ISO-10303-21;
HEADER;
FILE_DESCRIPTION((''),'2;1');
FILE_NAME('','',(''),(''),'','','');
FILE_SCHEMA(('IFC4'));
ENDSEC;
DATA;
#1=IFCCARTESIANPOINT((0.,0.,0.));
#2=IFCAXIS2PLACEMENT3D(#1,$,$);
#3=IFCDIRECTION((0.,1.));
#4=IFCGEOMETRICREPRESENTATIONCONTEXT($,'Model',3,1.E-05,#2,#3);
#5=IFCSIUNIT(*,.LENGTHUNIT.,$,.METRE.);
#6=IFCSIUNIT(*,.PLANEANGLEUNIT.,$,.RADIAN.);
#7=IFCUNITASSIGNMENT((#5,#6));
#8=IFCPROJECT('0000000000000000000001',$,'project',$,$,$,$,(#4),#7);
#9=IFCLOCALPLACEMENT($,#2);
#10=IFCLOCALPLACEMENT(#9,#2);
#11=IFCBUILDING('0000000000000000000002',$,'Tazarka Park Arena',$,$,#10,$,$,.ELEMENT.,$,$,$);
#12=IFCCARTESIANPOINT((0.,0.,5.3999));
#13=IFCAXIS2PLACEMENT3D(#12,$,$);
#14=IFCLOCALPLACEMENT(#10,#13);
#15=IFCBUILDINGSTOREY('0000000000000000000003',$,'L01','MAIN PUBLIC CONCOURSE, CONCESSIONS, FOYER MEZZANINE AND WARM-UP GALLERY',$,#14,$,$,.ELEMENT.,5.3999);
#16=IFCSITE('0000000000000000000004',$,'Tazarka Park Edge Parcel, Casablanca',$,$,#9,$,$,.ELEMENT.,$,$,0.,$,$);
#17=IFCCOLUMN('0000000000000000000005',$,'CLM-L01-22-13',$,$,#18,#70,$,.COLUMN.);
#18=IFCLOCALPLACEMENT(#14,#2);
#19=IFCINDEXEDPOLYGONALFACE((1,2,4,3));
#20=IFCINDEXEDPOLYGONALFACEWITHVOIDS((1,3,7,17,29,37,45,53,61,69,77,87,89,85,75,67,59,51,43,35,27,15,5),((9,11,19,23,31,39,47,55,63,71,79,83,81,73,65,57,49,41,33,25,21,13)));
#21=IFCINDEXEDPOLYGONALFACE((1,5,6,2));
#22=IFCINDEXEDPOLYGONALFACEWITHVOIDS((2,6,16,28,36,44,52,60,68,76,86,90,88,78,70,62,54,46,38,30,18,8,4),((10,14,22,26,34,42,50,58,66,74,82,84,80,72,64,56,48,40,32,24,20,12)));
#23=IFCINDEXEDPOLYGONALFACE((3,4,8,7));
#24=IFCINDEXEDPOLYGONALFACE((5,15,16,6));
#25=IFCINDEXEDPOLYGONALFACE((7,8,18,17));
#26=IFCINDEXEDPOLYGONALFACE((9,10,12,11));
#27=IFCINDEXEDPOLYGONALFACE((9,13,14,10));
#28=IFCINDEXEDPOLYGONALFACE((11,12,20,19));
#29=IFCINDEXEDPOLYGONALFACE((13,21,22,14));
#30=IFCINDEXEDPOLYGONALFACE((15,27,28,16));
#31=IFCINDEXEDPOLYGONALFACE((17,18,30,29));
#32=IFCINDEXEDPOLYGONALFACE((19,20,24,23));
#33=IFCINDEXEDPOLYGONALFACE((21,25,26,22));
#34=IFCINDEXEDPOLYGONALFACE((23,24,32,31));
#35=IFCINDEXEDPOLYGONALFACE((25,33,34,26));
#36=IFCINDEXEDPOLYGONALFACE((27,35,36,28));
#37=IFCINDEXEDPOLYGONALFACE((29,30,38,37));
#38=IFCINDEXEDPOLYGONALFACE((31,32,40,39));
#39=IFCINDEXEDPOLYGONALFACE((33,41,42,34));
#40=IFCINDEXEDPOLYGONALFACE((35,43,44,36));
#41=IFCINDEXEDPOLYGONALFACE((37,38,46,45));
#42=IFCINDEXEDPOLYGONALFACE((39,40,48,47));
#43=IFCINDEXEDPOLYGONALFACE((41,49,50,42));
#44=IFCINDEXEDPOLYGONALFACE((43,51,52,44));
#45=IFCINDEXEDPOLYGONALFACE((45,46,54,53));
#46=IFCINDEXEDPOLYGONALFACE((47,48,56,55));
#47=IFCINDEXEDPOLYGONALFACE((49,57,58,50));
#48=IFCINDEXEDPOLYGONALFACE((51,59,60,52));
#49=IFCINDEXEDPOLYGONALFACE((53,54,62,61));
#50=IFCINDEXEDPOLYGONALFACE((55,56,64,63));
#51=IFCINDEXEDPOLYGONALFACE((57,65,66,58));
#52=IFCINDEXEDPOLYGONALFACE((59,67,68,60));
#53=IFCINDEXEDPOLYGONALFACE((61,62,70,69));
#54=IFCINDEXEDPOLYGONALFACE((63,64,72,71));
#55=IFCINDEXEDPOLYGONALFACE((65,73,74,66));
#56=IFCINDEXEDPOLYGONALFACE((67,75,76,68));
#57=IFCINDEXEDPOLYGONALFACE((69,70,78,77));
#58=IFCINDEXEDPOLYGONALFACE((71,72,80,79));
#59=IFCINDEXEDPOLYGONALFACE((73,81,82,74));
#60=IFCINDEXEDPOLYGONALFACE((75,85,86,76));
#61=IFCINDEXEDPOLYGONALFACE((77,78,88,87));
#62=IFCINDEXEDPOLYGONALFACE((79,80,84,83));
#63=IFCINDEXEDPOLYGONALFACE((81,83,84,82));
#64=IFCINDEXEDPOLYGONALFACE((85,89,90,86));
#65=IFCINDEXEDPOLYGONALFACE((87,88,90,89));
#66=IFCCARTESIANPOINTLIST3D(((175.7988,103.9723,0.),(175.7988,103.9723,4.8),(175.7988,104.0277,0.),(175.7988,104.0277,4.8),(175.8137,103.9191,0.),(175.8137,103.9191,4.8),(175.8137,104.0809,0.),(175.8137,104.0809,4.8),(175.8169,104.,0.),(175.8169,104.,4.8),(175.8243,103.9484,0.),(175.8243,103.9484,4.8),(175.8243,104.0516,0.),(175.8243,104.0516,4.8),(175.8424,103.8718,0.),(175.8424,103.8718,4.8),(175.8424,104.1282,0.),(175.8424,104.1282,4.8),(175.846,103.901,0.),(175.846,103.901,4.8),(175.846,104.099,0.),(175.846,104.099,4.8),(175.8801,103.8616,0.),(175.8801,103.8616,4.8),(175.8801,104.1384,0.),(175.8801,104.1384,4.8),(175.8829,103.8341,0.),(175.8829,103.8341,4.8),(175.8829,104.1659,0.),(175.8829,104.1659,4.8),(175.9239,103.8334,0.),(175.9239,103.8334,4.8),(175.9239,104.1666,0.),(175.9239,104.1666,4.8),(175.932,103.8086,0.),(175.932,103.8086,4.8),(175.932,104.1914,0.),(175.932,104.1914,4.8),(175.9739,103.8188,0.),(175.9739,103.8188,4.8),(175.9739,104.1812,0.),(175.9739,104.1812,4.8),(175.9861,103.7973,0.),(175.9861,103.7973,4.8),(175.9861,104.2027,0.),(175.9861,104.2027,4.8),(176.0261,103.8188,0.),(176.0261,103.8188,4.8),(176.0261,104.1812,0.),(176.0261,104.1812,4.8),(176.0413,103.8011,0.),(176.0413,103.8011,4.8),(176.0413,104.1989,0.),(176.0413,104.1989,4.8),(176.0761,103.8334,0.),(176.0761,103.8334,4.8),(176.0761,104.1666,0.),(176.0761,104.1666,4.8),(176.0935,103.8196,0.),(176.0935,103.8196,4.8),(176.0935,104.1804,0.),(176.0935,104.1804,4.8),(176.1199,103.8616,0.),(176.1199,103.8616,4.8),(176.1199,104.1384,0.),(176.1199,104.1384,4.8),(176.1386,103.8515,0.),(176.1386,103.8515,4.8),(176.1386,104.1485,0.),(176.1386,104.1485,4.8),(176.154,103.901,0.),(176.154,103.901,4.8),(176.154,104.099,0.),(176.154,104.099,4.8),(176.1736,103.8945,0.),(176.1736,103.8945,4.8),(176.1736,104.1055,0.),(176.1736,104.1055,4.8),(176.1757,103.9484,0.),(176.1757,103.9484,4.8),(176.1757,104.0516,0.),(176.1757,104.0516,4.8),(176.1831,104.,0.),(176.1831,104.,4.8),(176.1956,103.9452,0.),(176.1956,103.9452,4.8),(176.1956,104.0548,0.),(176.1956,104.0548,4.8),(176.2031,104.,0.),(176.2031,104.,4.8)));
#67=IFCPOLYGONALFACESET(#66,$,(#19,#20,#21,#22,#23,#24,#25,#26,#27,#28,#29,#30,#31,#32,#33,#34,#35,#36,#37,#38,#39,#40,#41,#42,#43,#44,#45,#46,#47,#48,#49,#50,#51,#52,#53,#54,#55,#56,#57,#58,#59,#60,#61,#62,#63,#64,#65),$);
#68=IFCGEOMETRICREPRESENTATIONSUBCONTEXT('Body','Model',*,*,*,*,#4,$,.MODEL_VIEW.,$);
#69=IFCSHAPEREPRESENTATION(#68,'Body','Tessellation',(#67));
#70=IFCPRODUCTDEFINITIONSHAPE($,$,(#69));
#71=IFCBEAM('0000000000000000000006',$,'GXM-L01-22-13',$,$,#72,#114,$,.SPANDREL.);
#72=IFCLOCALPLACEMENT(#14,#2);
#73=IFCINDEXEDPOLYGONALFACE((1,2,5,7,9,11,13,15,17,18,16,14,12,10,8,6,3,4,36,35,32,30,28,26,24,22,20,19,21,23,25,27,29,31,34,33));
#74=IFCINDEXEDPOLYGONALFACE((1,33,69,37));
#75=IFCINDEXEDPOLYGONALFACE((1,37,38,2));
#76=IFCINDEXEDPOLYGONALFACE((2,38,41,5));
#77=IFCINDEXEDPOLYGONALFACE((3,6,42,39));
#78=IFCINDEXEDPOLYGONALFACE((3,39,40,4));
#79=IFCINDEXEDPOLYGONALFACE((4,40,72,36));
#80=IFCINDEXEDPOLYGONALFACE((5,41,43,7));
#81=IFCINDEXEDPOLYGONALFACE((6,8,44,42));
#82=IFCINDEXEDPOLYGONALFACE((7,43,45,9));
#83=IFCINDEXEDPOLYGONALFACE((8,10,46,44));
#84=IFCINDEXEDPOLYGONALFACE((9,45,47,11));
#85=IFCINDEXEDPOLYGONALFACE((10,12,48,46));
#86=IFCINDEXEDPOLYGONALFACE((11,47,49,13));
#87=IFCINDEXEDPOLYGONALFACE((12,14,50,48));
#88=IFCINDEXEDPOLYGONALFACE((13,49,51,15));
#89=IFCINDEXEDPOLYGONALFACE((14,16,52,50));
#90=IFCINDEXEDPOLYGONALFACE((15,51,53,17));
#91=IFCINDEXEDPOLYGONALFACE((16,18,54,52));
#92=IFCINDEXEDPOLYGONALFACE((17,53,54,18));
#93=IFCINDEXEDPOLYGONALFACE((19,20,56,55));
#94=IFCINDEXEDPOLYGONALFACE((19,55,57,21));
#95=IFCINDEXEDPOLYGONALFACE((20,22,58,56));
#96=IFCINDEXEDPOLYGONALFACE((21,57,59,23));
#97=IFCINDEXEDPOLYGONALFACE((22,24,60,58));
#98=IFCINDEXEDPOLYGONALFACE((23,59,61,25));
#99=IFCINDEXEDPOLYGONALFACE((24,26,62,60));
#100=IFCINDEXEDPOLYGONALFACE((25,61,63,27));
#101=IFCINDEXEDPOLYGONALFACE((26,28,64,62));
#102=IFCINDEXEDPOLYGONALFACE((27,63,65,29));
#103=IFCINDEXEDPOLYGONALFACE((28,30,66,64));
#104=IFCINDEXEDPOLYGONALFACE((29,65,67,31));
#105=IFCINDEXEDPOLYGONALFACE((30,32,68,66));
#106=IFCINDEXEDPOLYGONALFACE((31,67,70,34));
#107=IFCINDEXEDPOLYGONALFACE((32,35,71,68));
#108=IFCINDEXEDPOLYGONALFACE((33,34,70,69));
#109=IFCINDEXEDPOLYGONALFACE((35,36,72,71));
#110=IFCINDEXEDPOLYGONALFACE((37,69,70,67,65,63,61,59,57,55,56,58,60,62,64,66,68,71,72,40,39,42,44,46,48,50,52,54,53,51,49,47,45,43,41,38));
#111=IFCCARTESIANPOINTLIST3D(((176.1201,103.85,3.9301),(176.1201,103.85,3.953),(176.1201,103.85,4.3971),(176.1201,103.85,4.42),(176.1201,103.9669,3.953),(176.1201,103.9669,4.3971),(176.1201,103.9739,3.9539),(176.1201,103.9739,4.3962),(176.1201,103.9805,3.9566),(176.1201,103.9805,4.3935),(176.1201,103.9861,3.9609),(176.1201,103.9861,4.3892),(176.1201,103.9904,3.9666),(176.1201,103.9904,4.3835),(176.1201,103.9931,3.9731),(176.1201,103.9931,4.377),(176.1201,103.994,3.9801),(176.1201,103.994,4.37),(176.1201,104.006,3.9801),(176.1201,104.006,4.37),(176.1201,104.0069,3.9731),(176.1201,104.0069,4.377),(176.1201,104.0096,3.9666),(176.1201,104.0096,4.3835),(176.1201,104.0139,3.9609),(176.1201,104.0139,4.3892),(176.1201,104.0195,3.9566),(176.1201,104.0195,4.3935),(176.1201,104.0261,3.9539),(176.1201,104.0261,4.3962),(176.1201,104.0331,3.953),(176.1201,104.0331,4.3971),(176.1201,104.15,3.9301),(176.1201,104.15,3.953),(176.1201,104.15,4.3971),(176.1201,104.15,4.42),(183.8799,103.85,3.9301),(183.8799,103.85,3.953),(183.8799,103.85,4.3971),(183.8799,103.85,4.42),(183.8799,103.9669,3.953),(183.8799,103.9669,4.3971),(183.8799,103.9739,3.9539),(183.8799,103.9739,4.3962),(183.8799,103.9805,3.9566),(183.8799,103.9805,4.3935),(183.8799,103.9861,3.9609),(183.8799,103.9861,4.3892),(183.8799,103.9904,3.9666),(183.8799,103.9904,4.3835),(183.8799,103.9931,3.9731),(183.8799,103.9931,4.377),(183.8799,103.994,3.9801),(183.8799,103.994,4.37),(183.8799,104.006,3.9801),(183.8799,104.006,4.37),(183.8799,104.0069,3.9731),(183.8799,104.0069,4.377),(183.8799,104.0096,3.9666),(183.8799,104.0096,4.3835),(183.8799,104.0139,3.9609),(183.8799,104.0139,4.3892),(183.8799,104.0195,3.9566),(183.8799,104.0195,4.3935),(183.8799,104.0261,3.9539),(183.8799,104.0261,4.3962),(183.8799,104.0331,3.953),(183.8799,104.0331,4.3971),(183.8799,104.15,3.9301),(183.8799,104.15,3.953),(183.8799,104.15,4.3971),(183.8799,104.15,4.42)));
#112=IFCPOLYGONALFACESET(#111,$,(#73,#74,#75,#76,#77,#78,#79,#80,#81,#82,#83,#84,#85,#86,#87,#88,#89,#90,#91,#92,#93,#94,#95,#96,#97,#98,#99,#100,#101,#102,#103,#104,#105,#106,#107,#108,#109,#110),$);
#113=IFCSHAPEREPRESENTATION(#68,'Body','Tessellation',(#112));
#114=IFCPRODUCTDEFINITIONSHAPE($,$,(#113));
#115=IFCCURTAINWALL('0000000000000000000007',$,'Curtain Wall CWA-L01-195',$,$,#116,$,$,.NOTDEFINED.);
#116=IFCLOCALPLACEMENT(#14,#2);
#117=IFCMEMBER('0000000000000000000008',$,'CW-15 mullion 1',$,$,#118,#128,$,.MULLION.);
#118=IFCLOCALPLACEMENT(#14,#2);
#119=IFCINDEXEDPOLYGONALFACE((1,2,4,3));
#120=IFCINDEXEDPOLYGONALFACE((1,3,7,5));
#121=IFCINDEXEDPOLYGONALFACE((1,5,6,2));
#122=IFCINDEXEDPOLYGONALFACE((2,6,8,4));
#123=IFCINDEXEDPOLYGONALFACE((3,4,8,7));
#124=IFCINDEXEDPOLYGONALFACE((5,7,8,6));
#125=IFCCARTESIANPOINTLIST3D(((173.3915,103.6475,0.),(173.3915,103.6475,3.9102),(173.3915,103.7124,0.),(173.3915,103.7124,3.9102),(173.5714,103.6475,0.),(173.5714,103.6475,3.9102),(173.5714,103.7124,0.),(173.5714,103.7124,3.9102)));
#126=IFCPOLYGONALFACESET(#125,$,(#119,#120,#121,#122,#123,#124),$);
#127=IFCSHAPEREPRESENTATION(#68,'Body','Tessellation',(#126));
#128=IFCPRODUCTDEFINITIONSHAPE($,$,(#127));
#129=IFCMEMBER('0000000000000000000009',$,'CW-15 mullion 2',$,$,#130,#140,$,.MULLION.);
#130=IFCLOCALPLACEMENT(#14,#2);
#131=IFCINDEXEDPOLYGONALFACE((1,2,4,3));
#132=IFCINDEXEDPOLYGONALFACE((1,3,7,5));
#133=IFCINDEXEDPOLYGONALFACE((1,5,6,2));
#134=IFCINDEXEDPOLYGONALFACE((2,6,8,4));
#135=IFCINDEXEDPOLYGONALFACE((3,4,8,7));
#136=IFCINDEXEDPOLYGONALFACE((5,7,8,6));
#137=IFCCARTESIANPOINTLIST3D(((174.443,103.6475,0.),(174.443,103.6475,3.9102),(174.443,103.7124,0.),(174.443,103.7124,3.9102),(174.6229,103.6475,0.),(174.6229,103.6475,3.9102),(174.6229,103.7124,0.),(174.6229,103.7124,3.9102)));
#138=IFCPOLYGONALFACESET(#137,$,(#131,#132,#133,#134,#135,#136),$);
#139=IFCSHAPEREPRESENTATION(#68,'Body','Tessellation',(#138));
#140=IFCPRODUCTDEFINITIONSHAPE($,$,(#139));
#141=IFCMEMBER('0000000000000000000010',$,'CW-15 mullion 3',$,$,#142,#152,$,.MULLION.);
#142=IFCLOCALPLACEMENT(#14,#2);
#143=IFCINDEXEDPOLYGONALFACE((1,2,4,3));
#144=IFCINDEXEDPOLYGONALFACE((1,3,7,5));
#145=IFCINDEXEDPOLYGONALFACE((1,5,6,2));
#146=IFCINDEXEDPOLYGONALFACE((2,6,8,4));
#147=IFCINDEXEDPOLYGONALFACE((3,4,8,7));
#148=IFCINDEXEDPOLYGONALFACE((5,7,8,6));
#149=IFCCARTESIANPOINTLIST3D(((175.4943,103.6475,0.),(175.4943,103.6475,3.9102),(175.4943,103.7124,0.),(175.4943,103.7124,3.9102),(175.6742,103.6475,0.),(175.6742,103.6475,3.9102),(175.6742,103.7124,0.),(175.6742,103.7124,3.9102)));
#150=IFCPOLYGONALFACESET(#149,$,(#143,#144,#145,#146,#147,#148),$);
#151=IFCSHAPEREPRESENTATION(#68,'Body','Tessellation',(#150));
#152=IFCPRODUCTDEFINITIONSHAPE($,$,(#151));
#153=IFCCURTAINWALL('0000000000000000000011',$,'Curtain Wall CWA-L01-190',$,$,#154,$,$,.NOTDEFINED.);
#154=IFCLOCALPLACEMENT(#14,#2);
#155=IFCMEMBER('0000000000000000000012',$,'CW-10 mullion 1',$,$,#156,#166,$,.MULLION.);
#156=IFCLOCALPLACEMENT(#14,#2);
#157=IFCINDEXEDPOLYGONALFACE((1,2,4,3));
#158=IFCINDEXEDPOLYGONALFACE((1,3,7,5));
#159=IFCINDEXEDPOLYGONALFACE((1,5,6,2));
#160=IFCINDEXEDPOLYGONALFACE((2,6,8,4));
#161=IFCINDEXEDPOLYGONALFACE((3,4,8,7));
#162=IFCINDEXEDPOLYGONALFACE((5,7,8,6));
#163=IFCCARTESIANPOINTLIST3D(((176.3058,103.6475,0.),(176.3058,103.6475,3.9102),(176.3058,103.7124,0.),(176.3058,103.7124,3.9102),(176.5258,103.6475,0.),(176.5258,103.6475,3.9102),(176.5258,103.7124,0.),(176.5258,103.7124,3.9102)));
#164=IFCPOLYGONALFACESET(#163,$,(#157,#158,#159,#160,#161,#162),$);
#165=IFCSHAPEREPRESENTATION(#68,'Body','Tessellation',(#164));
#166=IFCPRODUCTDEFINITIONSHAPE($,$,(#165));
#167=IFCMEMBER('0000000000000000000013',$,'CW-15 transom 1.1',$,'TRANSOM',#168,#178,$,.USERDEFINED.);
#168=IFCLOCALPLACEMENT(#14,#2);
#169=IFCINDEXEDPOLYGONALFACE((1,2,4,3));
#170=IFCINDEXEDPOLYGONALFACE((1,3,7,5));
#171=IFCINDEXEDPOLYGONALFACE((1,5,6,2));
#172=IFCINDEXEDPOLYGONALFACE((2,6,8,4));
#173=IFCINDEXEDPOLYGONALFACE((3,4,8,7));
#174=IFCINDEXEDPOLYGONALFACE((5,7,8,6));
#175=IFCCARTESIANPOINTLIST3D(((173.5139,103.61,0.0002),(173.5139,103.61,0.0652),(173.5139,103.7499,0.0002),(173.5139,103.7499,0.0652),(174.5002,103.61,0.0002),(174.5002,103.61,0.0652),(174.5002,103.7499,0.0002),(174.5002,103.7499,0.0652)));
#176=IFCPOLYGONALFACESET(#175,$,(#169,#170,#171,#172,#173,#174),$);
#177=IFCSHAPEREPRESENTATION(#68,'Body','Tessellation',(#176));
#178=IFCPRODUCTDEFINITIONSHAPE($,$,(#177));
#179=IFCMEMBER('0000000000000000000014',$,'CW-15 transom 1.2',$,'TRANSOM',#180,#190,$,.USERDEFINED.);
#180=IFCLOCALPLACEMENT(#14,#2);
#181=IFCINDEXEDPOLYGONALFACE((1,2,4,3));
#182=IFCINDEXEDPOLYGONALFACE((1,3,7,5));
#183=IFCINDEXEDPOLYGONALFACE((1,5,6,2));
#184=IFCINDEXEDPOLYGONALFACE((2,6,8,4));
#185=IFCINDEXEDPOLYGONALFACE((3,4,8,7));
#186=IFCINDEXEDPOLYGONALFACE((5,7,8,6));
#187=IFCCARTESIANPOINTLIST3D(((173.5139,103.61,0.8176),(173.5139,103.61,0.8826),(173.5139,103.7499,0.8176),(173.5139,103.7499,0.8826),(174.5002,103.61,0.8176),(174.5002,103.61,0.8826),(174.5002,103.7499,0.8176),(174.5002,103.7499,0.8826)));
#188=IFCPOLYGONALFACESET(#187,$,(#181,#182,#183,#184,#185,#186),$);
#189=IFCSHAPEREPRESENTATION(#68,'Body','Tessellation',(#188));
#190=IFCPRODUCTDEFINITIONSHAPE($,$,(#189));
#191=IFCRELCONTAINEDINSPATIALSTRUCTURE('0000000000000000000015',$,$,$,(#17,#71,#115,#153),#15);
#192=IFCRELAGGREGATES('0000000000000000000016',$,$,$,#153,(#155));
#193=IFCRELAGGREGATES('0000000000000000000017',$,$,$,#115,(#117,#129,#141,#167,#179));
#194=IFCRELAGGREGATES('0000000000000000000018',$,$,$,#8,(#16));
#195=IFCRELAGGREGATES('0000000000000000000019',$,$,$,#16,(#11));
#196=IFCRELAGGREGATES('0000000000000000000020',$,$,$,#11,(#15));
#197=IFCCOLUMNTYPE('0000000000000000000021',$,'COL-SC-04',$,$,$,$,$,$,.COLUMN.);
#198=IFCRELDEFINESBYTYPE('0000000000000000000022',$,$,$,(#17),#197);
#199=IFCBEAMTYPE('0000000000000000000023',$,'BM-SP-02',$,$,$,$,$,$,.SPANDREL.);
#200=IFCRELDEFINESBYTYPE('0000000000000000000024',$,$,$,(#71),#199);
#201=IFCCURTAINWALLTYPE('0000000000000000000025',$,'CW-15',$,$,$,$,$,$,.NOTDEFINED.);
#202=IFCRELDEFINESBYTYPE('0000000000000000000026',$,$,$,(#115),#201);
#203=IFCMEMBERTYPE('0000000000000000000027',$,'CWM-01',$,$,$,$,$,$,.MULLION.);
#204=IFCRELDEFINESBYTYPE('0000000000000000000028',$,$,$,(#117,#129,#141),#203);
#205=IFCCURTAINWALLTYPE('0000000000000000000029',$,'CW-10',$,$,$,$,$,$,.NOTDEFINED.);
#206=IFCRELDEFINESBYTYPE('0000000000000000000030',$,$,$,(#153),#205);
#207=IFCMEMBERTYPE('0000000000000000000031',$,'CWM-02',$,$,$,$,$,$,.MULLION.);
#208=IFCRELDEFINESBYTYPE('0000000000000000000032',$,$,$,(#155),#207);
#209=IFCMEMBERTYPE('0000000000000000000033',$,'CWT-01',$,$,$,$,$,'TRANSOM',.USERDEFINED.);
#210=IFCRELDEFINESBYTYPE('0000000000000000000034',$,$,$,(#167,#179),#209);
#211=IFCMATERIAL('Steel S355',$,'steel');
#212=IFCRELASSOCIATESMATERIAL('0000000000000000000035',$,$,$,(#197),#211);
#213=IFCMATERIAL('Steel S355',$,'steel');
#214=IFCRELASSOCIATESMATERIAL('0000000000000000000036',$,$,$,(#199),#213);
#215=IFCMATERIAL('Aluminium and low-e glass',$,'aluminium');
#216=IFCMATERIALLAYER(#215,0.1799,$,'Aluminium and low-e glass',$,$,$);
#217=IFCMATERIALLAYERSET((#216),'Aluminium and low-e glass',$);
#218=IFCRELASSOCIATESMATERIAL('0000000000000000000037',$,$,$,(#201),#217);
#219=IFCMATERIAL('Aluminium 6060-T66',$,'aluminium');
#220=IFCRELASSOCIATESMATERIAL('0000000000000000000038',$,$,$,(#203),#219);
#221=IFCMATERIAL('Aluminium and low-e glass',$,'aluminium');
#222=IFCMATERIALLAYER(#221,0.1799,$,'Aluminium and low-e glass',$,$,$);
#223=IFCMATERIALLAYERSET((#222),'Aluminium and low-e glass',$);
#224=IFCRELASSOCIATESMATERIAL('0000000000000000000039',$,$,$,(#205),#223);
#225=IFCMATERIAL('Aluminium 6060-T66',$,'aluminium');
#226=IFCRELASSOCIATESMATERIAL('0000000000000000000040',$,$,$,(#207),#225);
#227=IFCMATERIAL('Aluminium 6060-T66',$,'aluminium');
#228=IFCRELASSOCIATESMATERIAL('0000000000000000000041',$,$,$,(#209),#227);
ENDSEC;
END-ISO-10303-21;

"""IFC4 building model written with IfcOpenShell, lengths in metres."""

from ifc_helpers import new_model, si_unit, direction, frame, origin, origin_2d, place, context, subcontext, project, spatial, rectangle, hollow_circle, i_section, extrude, material, layer, layer_set, material_profile, profile_set, type_object, element, aggregate, save


model = new_model("IFC4")

# Units and contexts
model_context = context("Model", 3, precision=1e-05, world=origin(), true_north=direction((0.0, 1.0)))
body_context = subcontext(model_context, "Body", "Model", "MODEL_VIEW")
ifc_project = project(units=[si_unit("LENGTHUNIT", "METRE"), si_unit("PLANEANGLEUNIT", "RADIAN")], contexts=[model_context])

# Site, building, storey
site_placement = place(None, origin())
site = spatial("IfcSite", under=ifc_project, at=site_placement, Name="Tazarka Park Edge Parcel, Casablanca", CompositionType="ELEMENT", RefElevation=0.0)
building_placement = place(site_placement, origin())
building = spatial("IfcBuilding", under=site, at=building_placement, Name="Tazarka Park Arena", CompositionType="ELEMENT")
storey_placement = place(building_placement, frame((0.0, 0.0, 5.3999)))
storey = spatial("IfcBuildingStorey", under=building, at=storey_placement, Name="L01", Description="MAIN PUBLIC CONCOURSE, CONCESSIONS, FOYER MEZZANINE AND WARM-UP GALLERY", CompositionType="ELEMENT", Elevation=5.3999)

# Column
ifc_material_1 = material(Name="Steel S355", Category="steel")
ifc_material_profile_1 = material_profile(ifc_material_1, hollow_circle(Radius=0.2031, WallThickness=0.02, at=origin_2d()), Name="Steel S355")
ifc_profile_set_1 = profile_set([ifc_material_profile_1], Name="Steel S355")
column_type = type_object("IfcColumnType", Name="COL-SC-04", PredefinedType="COLUMN", material=ifc_profile_set_1)
column_placement = place(storey_placement, frame((176.0, 104.0, 0.0), z_axis=(0.0, 0.0, 1.0), x_axis=(1.0, 0.0, 0.0)))
element("IfcColumn", 1, at=column_placement, inside=storey, type_object=column_type, Name="CLM-L01-22-13", PredefinedType="COLUMN", context=body_context, shape_type="SweptSolid", body=[
    extrude(hollow_circle(Radius=0.2031, WallThickness=0.02, at=origin_2d()), origin(), (0.0, 0.0, 1.0), 4.8),
])

# Beam
ifc_material_2 = material(Name="Steel S355", Category="steel")
ifc_material_profile_2 = material_profile(ifc_material_2, i_section(OverallWidth=0.3, OverallDepth=0.49, WebThickness=0.012, FlangeThickness=0.0229, FilletRadius=0.0271, at=origin_2d()), Name="Steel S355")
ifc_profile_set_2 = profile_set([ifc_material_profile_2], Name="Steel S355")
beam_type = type_object("IfcBeamType", Name="BM-SP-02", PredefinedType="SPANDREL", material=ifc_profile_set_2)
beam_placement = place(storey_placement, frame((176.1201, 104.0, 4.175), z_axis=(1.0, 0.0, 0.0), x_axis=(0.0, 1.0, 0.0)))
element("IfcBeam", 2, at=beam_placement, inside=storey, type_object=beam_type, Name="GXM-L01-22-13", PredefinedType="SPANDREL", context=body_context, shape_type="SweptSolid", body=[
    extrude(i_section(OverallWidth=0.3, OverallDepth=0.49, WebThickness=0.012, FlangeThickness=0.0229, FilletRadius=0.0271, at=origin_2d()), origin(), (0.0, 0.0, 1.0), 7.7598),
])

# Curtain wall, members
ifc_material_3 = material(Name="Aluminium and low-e glass", Category="aluminium")
ifc_layer_1 = layer(ifc_material_3, 0.1799, Name="Aluminium and low-e glass")
ifc_layer_set_1 = layer_set([ifc_layer_1], Name="Aluminium and low-e glass")
curtain_wall_type_1 = type_object("IfcCurtainWallType", Name="CW-15", PredefinedType="NOTDEFINED", material=ifc_layer_set_1)
curtain_wall_1_placement = place(storey_placement, origin())
curtain_wall_1 = element("IfcCurtainWall", 3, at=curtain_wall_1_placement, inside=storey, type_object=curtain_wall_type_1, Name="Curtain Wall CWA-L01-195", PredefinedType="NOTDEFINED")
ifc_material_4 = material(Name="Aluminium 6060-T66", Category="aluminium")
ifc_material_profile_3 = material_profile(ifc_material_4, rectangle(XDim=0.0649, YDim=0.1799, at=origin_2d()), Name="Aluminium 6060-T66")
ifc_profile_set_3 = profile_set([ifc_material_profile_3], Name="Aluminium 6060-T66")
member_type_1 = type_object("IfcMemberType", Name="CWM-01", PredefinedType="MULLION", material=ifc_profile_set_3)
member_1_placement = place(storey_placement, frame((173.4814, 103.6799, 0.0), z_axis=(0.0, 0.0, 1.0), x_axis=(0.0, 1.0, 0.0)))
member_1 = element("IfcMember", 4, at=member_1_placement, type_object=member_type_1, Name="CW-15 mullion 1", PredefinedType="MULLION", context=body_context, shape_type="SweptSolid", body=[
    extrude(rectangle(XDim=0.0649, YDim=0.1799, at=origin_2d()), origin(), (0.0, 0.0, 1.0), 3.9102),
])
member_2_placement = place(storey_placement, frame((174.533, 103.6799, 0.0), z_axis=(0.0, 0.0, 1.0), x_axis=(0.0, 1.0, 0.0)))
member_2 = element("IfcMember", 5, at=member_2_placement, type_object=member_type_1, Name="CW-15 mullion 2", PredefinedType="MULLION", context=body_context, shape_type="SweptSolid", body=[
    extrude(rectangle(XDim=0.0649, YDim=0.1799, at=origin_2d()), origin(), (0.0, 0.0, 1.0), 3.9102),
])
member_3_placement = place(storey_placement, frame((175.5842, 103.6799, 0.0), z_axis=(0.0, 0.0, 1.0), x_axis=(0.0, 1.0, 0.0)))
member_3 = element("IfcMember", 6, at=member_3_placement, type_object=member_type_1, Name="CW-15 mullion 3", PredefinedType="MULLION", context=body_context, shape_type="SweptSolid", body=[
    extrude(rectangle(XDim=0.0649, YDim=0.1799, at=origin_2d()), origin(), (0.0, 0.0, 1.0), 3.9102),
])

# Curtain wall, member
ifc_material_5 = material(Name="Aluminium and low-e glass", Category="aluminium")
ifc_layer_2 = layer(ifc_material_5, 0.1799, Name="Aluminium and low-e glass")
ifc_layer_set_2 = layer_set([ifc_layer_2], Name="Aluminium and low-e glass")
curtain_wall_type_2 = type_object("IfcCurtainWallType", Name="CW-10", PredefinedType="NOTDEFINED", material=ifc_layer_set_2)
curtain_wall_2_placement = place(storey_placement, origin())
curtain_wall_2 = element("IfcCurtainWall", 7, at=curtain_wall_2_placement, inside=storey, type_object=curtain_wall_type_2, Name="Curtain Wall CWA-L01-190", PredefinedType="NOTDEFINED")
ifc_material_6 = material(Name="Aluminium 6060-T66", Category="aluminium")
ifc_material_profile_4 = material_profile(ifc_material_6, rectangle(XDim=0.0649, YDim=0.22, at=origin_2d()), Name="Aluminium 6060-T66")
ifc_profile_set_4 = profile_set([ifc_material_profile_4], Name="Aluminium 6060-T66")
member_type_2 = type_object("IfcMemberType", Name="CWM-02", PredefinedType="MULLION", material=ifc_profile_set_4)
member_4_placement = place(storey_placement, frame((176.4158, 103.6799, 0.0), z_axis=(0.0, 0.0, 1.0), x_axis=(0.0, 1.0, 0.0)))
member_4 = element("IfcMember", 8, at=member_4_placement, type_object=member_type_2, Name="CW-10 mullion 1", PredefinedType="MULLION", context=body_context, shape_type="SweptSolid", body=[
    extrude(rectangle(XDim=0.0649, YDim=0.22, at=origin_2d()), origin(), (0.0, 0.0, 1.0), 3.9102),
])
aggregate(curtain_wall_2, [member_4])

# Members
ifc_material_7 = material(Name="Aluminium 6060-T66", Category="aluminium")
ifc_material_profile_5 = material_profile(ifc_material_7, rectangle(XDim=0.1399, YDim=0.0649, at=origin_2d()), Name="Aluminium 6060-T66")
ifc_profile_set_5 = profile_set([ifc_material_profile_5], Name="Aluminium 6060-T66")
member_type_3 = type_object("IfcMemberType", Name="CWT-01", ElementType="TRANSOM", PredefinedType="USERDEFINED", material=ifc_profile_set_5)
member_5_placement = place(storey_placement, frame((173.5139, 103.6799, 0.0327), z_axis=(1.0, 0.0, 0.0), x_axis=(0.0, 1.0, 0.0)))
member_5 = element("IfcMember", 9, at=member_5_placement, type_object=member_type_3, Name="CW-15 transom 1.1", ObjectType="TRANSOM", PredefinedType="USERDEFINED", context=body_context, shape_type="SweptSolid", body=[
    extrude(rectangle(XDim=0.1399, YDim=0.0649, at=origin_2d()), origin(), (0.0, 0.0, 1.0), 0.9863),
])
member_6_placement = place(storey_placement, frame((173.5139, 103.6799, 0.8501), z_axis=(1.0, 0.0, 0.0), x_axis=(0.0, 1.0, 0.0)))
member_6 = element("IfcMember", 10, at=member_6_placement, type_object=member_type_3, Name="CW-15 transom 1.2", ObjectType="TRANSOM", PredefinedType="USERDEFINED", context=body_context, shape_type="SweptSolid", body=[
    extrude(rectangle(XDim=0.1399, YDim=0.0649, at=origin_2d()), origin(), (0.0, 0.0, 1.0), 0.9863),
])

aggregate(curtain_wall_1, [member_1, member_2, member_3, member_5, member_6])

save(model, "model.ifc")
